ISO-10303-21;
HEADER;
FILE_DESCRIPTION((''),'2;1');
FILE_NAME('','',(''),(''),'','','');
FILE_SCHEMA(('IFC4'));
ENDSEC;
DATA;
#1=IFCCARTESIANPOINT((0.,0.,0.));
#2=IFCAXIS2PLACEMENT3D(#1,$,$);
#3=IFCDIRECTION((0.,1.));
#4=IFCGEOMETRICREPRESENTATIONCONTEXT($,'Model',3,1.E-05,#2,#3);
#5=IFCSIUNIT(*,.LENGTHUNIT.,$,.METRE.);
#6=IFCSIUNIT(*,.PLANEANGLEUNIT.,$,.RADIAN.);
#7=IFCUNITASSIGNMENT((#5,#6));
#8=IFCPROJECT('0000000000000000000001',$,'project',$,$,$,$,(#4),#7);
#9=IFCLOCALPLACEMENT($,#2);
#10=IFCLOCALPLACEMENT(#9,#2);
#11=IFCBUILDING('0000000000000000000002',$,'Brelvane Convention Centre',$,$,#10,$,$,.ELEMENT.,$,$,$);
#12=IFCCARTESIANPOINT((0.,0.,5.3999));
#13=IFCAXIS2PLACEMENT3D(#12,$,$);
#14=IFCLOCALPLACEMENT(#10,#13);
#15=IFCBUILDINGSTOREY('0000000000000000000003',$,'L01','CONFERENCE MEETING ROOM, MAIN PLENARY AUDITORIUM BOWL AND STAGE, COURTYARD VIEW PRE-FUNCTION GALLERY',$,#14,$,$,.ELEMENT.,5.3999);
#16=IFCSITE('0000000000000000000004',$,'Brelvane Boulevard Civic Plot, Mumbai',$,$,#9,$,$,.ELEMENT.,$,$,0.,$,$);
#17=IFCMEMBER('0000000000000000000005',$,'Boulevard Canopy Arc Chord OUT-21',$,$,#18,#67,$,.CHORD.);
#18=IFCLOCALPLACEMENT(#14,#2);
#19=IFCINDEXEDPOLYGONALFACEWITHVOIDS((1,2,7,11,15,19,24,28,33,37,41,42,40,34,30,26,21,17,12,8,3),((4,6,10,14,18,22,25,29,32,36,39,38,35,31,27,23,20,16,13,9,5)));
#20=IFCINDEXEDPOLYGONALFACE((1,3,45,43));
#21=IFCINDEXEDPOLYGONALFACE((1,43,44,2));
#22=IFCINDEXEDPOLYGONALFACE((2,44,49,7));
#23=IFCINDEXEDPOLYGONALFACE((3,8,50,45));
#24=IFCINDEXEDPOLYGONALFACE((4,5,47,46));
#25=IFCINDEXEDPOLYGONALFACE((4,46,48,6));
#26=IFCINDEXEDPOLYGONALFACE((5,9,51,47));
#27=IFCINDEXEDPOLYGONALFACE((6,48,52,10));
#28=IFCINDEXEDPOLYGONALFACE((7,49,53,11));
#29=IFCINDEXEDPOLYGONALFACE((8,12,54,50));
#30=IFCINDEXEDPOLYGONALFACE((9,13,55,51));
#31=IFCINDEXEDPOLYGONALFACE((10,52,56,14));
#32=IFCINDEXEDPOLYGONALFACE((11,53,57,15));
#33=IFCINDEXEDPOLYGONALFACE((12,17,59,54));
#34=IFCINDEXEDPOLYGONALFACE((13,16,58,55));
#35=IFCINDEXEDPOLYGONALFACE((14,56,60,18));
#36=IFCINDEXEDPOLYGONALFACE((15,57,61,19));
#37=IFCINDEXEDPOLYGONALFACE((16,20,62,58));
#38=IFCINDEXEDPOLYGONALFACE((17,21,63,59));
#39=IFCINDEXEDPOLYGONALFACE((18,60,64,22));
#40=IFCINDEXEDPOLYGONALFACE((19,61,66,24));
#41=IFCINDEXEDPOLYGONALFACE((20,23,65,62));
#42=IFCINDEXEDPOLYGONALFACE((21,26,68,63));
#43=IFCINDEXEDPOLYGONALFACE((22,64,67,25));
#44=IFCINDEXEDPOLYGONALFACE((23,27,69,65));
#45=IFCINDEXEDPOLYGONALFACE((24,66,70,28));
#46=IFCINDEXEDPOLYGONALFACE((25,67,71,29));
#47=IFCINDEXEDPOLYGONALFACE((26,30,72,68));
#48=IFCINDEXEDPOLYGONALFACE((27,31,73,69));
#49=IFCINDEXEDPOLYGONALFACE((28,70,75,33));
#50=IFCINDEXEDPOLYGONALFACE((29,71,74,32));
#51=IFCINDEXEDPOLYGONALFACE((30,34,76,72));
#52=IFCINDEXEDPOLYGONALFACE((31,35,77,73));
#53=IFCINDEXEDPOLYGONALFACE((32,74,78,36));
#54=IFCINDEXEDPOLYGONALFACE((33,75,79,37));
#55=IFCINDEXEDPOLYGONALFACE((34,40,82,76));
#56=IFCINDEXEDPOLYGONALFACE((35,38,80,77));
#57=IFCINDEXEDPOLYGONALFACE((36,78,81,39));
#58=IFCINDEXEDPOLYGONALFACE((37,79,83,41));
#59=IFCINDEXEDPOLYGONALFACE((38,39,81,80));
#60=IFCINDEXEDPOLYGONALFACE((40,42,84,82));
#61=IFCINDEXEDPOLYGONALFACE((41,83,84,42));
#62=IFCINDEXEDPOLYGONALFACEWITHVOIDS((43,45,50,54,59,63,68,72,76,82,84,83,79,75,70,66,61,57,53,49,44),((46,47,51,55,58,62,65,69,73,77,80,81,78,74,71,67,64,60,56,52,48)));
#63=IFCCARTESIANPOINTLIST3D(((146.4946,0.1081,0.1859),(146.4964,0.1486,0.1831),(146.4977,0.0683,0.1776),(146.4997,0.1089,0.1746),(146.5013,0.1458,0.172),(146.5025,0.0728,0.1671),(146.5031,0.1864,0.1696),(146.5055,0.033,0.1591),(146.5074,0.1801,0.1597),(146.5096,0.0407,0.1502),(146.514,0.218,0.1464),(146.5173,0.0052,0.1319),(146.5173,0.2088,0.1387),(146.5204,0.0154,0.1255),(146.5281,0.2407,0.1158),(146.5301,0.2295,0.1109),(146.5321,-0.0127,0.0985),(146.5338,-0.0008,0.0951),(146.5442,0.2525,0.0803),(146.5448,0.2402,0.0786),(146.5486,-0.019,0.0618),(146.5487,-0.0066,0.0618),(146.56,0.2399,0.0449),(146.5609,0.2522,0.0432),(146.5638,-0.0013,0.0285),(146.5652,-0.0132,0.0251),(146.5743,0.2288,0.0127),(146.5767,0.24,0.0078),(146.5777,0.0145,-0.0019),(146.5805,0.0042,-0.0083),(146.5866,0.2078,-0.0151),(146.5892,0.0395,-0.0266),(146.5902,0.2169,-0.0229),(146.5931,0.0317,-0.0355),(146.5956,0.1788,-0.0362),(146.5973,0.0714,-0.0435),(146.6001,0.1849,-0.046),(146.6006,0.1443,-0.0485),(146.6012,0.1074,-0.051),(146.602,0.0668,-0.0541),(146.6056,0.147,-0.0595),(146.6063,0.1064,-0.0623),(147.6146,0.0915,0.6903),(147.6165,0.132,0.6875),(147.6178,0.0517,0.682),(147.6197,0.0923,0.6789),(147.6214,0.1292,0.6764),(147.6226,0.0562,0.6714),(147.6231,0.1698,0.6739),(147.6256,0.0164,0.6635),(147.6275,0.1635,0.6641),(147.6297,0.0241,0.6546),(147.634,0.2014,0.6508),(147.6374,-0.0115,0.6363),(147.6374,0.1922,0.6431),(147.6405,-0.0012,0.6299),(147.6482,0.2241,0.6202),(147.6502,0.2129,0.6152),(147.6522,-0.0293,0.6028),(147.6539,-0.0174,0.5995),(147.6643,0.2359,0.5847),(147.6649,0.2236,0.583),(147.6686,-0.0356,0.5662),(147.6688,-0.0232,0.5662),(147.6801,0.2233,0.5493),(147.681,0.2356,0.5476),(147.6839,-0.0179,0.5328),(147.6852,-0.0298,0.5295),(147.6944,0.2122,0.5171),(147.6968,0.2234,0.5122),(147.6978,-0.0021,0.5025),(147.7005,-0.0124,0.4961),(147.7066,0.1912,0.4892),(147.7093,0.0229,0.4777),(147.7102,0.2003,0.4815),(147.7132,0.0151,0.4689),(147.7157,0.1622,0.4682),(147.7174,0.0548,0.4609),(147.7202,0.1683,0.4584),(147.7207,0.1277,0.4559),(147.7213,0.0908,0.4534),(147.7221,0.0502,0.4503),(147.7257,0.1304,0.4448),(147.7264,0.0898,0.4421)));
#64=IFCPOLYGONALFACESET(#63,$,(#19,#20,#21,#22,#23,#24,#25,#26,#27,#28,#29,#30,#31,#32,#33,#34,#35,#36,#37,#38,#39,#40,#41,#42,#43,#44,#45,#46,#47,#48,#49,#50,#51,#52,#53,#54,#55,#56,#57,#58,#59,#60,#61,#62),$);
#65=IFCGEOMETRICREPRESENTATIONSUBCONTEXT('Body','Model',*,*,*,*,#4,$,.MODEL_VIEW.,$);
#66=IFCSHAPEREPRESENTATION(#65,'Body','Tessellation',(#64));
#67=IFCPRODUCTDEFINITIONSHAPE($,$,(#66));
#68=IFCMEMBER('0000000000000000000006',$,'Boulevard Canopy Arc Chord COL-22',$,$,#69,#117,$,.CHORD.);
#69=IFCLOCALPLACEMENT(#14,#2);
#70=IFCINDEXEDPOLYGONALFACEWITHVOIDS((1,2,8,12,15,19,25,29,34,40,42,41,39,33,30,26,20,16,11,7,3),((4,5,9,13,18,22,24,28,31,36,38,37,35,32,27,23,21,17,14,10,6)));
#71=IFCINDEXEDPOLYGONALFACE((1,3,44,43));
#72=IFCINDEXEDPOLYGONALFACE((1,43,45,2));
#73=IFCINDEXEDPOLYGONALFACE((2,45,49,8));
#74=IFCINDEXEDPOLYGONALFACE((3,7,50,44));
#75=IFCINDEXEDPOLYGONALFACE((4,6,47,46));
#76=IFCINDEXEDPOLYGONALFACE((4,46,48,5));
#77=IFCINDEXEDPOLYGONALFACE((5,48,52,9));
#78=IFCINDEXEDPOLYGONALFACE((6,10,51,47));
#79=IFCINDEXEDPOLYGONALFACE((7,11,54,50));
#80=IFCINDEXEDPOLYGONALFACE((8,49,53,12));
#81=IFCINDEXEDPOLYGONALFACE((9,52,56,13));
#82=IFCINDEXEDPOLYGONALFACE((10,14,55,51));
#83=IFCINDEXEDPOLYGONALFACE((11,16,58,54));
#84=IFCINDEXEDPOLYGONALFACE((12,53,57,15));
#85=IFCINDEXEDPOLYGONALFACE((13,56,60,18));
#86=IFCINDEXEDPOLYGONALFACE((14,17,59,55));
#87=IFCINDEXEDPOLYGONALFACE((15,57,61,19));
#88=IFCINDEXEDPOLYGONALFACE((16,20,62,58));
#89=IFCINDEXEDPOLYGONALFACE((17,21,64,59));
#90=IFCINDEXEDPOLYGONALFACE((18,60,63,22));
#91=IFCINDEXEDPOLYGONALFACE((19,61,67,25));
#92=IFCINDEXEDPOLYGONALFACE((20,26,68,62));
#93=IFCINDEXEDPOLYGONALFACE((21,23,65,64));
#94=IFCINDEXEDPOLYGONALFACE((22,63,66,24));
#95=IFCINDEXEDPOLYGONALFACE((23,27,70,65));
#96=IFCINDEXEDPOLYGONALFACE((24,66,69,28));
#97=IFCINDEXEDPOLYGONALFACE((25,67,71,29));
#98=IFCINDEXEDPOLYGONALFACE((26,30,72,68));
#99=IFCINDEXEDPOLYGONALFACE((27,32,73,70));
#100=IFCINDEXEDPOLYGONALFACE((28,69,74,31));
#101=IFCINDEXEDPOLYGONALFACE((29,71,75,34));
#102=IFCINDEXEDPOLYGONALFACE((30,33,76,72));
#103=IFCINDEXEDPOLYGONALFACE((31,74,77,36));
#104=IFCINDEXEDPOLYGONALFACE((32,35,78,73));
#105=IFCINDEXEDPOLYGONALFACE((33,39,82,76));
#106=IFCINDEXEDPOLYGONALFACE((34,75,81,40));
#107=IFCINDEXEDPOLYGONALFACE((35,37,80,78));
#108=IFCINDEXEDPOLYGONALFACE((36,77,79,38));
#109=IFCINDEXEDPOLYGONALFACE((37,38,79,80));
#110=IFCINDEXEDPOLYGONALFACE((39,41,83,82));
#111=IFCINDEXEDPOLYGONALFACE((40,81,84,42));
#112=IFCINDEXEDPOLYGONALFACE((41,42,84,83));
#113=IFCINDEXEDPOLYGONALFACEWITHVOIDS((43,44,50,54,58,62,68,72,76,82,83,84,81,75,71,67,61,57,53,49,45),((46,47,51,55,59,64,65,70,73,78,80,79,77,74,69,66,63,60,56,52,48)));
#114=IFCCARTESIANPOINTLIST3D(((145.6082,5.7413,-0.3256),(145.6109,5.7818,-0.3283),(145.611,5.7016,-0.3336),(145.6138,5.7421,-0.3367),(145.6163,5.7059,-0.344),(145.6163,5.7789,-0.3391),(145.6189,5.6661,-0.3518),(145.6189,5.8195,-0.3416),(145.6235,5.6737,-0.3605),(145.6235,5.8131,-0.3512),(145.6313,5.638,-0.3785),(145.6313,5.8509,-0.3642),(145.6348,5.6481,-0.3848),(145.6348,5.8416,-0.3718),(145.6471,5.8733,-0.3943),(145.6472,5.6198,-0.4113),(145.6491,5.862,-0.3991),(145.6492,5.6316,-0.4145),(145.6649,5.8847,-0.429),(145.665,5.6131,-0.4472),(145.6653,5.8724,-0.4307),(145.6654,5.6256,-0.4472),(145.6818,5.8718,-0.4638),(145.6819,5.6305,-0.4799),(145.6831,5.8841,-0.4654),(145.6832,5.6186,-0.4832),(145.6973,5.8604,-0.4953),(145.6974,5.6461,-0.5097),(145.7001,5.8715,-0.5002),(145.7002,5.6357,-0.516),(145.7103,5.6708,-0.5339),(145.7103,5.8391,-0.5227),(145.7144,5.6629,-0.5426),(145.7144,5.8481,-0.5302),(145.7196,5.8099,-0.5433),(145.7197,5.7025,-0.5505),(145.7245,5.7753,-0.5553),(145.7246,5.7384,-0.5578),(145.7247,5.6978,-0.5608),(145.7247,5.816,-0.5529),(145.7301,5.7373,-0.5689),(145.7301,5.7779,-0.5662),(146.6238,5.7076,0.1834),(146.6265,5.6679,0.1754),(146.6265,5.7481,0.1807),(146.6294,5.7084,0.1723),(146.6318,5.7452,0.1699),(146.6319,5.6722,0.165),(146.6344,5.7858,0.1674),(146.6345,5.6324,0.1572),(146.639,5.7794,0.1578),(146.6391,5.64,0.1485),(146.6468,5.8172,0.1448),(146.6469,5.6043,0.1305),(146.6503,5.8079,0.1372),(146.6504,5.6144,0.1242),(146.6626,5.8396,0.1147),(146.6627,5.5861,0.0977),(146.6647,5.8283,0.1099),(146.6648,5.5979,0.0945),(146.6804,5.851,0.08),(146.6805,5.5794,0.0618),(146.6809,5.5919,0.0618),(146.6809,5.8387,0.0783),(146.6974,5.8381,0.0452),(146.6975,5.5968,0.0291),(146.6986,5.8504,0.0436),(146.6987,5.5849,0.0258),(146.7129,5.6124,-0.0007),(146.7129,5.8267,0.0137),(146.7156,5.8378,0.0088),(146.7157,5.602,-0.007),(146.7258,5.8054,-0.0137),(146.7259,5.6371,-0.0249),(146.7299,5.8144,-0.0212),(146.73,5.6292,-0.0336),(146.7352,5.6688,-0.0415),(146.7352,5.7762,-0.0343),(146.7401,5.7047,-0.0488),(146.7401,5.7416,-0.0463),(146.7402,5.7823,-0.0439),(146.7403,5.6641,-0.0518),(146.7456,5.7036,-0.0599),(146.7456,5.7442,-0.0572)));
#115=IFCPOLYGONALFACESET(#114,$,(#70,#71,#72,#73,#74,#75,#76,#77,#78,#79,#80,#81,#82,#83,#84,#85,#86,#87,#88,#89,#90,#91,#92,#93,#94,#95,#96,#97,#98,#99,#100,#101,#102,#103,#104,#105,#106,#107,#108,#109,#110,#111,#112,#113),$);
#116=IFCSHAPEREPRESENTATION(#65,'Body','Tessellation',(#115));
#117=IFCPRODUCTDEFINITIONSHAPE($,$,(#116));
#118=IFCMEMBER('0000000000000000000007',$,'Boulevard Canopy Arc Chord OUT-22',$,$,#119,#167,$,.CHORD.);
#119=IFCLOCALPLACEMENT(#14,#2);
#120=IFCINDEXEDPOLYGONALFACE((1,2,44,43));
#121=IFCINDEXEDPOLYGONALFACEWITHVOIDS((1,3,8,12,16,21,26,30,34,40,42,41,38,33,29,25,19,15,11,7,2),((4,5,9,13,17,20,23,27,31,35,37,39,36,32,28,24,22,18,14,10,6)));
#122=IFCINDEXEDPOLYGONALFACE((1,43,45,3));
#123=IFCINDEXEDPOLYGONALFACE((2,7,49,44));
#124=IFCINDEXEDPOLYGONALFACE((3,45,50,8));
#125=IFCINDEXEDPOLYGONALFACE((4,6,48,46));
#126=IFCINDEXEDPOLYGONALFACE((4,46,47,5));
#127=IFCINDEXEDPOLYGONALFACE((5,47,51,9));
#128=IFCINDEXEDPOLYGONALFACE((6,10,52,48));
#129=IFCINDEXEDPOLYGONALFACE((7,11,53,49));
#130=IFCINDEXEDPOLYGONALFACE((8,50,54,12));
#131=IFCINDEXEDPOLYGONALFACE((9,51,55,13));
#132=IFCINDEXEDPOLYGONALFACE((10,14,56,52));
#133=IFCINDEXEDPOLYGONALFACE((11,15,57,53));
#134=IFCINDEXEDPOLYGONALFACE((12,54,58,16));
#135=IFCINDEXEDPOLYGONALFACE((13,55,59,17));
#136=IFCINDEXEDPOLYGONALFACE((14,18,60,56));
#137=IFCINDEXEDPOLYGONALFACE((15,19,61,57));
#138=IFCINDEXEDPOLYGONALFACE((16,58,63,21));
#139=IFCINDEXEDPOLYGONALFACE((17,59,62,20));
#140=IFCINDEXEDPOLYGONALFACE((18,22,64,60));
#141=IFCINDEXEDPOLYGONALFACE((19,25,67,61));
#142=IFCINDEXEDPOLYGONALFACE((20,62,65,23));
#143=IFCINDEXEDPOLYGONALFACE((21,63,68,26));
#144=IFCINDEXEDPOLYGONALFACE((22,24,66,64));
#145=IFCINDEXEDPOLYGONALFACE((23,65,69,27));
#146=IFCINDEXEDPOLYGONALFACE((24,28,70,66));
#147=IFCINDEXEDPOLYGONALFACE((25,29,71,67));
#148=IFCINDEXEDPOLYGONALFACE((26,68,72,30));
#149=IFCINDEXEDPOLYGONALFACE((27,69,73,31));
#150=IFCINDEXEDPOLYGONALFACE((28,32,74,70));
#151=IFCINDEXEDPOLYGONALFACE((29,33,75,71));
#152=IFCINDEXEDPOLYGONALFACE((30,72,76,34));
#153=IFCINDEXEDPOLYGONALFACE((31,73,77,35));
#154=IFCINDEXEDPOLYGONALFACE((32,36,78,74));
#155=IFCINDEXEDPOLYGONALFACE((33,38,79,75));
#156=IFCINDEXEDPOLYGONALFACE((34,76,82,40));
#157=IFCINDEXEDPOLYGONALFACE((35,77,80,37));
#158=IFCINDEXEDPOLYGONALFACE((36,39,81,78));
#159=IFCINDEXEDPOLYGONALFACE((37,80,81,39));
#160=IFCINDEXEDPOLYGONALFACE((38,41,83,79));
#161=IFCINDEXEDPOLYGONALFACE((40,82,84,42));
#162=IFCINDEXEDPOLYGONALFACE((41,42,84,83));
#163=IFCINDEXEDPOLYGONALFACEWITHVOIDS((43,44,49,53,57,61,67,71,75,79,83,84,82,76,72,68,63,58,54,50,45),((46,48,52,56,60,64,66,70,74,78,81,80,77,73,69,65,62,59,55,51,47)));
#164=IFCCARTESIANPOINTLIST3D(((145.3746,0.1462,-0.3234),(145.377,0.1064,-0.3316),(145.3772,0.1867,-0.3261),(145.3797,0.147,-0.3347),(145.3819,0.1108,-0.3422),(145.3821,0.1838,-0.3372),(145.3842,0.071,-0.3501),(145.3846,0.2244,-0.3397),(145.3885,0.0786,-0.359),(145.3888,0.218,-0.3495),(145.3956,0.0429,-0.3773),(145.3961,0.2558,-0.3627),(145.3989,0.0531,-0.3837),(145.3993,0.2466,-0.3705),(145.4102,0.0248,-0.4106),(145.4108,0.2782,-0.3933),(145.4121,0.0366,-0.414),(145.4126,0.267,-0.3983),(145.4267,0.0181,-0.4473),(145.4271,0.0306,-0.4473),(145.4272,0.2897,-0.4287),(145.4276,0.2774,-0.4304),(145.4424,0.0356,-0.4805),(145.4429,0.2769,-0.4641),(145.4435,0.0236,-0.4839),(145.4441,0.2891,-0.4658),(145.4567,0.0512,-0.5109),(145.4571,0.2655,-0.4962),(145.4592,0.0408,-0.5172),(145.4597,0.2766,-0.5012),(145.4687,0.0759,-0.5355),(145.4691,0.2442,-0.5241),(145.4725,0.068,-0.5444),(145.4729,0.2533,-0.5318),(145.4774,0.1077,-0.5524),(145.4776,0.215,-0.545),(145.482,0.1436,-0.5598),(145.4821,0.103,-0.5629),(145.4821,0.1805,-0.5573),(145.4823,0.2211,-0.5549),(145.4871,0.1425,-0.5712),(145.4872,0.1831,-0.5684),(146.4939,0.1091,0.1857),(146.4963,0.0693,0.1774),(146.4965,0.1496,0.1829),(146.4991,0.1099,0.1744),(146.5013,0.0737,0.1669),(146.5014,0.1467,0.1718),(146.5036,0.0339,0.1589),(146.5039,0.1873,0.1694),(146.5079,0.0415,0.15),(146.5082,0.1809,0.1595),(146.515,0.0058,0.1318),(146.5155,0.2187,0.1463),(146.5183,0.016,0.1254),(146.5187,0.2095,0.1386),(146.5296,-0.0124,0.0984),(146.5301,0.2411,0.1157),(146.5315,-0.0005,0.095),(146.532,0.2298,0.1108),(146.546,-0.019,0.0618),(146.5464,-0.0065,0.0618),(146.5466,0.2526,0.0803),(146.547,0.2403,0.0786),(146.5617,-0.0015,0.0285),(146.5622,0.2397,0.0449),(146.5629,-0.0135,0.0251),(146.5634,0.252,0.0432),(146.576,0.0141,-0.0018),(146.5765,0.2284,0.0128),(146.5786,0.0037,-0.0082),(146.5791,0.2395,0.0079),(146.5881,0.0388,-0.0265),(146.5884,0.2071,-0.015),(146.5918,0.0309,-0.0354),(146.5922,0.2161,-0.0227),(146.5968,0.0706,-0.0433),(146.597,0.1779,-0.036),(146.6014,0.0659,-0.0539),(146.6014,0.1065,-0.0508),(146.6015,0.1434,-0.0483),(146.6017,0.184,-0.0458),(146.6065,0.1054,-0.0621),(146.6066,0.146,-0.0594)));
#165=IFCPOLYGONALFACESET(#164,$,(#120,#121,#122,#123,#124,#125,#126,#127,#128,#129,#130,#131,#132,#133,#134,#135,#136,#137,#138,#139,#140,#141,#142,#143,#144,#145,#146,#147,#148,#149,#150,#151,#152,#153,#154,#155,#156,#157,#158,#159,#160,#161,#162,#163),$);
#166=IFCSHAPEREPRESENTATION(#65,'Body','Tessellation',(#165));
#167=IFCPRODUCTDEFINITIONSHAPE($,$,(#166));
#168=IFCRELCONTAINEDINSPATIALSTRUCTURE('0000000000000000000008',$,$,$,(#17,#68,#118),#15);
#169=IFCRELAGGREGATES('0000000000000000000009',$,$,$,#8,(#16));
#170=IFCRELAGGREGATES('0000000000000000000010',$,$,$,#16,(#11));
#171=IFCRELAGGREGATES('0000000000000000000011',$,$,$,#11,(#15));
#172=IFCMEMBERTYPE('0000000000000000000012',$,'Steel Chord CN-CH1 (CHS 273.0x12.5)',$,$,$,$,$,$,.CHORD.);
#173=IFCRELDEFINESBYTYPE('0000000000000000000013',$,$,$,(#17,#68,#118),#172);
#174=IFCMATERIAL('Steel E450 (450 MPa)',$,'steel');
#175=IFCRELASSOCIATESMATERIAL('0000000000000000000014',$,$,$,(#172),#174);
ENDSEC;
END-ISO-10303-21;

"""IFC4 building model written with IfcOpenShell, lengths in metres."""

from ifc_helpers import new_model, si_unit, direction, frame, origin, origin_2d, place, context, subcontext, project, spatial, hollow_circle, extrude, material, material_profile, profile_set, type_object, element, save


model = new_model("IFC4")

# Units and contexts
model_context = context("Model", 3, precision=1e-05, world=origin(), true_north=direction((0.0, 1.0)))
body_context = subcontext(model_context, "Body", "Model", "MODEL_VIEW")
ifc_project = project(units=[si_unit("LENGTHUNIT", "METRE"), si_unit("PLANEANGLEUNIT", "RADIAN")], contexts=[model_context])

# Site, building, storey
site_placement = place(None, origin())
site = spatial("IfcSite", under=ifc_project, at=site_placement, Name="Brelvane Boulevard Civic Plot, Mumbai", CompositionType="ELEMENT", RefElevation=0.0)
building_placement = place(site_placement, origin())
building = spatial("IfcBuilding", under=site, at=building_placement, Name="Brelvane Convention Centre", CompositionType="ELEMENT")
storey_placement = place(building_placement, frame((0.0, 0.0, 5.3999)))
storey = spatial("IfcBuildingStorey", under=building, at=storey_placement, Name="L01", Description="CONFERENCE MEETING ROOM, MAIN PLENARY AUDITORIUM BOWL AND STAGE, COURTYARD VIEW PRE-FUNCTION GALLERY", CompositionType="ELEMENT", Elevation=5.3999)

# Members
ifc_material_1 = material(Name="Steel E450 (450 MPa)", Category="steel")
ifc_material_profile_1 = material_profile(ifc_material_1, hollow_circle(Radius=0.1365, WallThickness=0.0125, at=origin_2d()), Name="CHS 273.0x12.5")
ifc_profile_set_1 = profile_set([ifc_material_profile_1], Name="Steel E450 (450 MPa)")
member_type_1 = type_object("IfcMemberType", Name="Steel Chord CN-CH1 (CHS 273.0x12.5)", PredefinedType="CHORD", material=ifc_profile_set_1)
member_1_placement = place(storey_placement, frame((147.6707, 0.1008, 0.5662), z_axis=(-0.911734, 0.013513, -0.410559), x_axis=(-0.01482, -0.99989, 0.0)))
element("IfcMember", 1, at=member_1_placement, inside=storey, type_object=member_type_1, Name="Boulevard Canopy Arc Chord OUT-21", PredefinedType="CHORD", context=body_context, shape_type="SweptSolid", body=[
    extrude(hollow_circle(Radius=0.1365, WallThickness=0.0125, at=origin_2d()), origin(), (0.0, 0.0, 1.0), 1.2285),
])
member_2_placement = place(storey_placement, frame((146.6851, 5.7158, 0.0618), z_axis=(-0.893604, 0.029644, -0.447876), x_axis=(-0.033155, -0.99945, 0.0)))
element("IfcMember", 2, at=member_2_placement, inside=storey, type_object=member_type_1, Name="Boulevard Canopy Arc Chord COL-22", PredefinedType="CHORD", context=body_context, shape_type="SweptSolid", body=[
    extrude(hollow_circle(Radius=0.1365, WallThickness=0.0125, at=origin_2d()), origin(), (0.0, 0.0, 1.0), 1.1365),
])
member_3_placement = place(storey_placement, frame((146.5505, 0.1174, 0.0618), z_axis=(-0.909884, 0.030164, -0.413764), x_axis=(-0.033133, -0.999451, 0.0)))
element("IfcMember", 3, at=member_3_placement, inside=storey, type_object=member_type_1, Name="Boulevard Canopy Arc Chord OUT-22", PredefinedType="CHORD", context=body_context, shape_type="SweptSolid", body=[
    extrude(hollow_circle(Radius=0.1365, WallThickness=0.0125, at=origin_2d()), origin(), (0.0, 0.0, 1.0), 1.2302),
])

save(model, "model.ifc")
